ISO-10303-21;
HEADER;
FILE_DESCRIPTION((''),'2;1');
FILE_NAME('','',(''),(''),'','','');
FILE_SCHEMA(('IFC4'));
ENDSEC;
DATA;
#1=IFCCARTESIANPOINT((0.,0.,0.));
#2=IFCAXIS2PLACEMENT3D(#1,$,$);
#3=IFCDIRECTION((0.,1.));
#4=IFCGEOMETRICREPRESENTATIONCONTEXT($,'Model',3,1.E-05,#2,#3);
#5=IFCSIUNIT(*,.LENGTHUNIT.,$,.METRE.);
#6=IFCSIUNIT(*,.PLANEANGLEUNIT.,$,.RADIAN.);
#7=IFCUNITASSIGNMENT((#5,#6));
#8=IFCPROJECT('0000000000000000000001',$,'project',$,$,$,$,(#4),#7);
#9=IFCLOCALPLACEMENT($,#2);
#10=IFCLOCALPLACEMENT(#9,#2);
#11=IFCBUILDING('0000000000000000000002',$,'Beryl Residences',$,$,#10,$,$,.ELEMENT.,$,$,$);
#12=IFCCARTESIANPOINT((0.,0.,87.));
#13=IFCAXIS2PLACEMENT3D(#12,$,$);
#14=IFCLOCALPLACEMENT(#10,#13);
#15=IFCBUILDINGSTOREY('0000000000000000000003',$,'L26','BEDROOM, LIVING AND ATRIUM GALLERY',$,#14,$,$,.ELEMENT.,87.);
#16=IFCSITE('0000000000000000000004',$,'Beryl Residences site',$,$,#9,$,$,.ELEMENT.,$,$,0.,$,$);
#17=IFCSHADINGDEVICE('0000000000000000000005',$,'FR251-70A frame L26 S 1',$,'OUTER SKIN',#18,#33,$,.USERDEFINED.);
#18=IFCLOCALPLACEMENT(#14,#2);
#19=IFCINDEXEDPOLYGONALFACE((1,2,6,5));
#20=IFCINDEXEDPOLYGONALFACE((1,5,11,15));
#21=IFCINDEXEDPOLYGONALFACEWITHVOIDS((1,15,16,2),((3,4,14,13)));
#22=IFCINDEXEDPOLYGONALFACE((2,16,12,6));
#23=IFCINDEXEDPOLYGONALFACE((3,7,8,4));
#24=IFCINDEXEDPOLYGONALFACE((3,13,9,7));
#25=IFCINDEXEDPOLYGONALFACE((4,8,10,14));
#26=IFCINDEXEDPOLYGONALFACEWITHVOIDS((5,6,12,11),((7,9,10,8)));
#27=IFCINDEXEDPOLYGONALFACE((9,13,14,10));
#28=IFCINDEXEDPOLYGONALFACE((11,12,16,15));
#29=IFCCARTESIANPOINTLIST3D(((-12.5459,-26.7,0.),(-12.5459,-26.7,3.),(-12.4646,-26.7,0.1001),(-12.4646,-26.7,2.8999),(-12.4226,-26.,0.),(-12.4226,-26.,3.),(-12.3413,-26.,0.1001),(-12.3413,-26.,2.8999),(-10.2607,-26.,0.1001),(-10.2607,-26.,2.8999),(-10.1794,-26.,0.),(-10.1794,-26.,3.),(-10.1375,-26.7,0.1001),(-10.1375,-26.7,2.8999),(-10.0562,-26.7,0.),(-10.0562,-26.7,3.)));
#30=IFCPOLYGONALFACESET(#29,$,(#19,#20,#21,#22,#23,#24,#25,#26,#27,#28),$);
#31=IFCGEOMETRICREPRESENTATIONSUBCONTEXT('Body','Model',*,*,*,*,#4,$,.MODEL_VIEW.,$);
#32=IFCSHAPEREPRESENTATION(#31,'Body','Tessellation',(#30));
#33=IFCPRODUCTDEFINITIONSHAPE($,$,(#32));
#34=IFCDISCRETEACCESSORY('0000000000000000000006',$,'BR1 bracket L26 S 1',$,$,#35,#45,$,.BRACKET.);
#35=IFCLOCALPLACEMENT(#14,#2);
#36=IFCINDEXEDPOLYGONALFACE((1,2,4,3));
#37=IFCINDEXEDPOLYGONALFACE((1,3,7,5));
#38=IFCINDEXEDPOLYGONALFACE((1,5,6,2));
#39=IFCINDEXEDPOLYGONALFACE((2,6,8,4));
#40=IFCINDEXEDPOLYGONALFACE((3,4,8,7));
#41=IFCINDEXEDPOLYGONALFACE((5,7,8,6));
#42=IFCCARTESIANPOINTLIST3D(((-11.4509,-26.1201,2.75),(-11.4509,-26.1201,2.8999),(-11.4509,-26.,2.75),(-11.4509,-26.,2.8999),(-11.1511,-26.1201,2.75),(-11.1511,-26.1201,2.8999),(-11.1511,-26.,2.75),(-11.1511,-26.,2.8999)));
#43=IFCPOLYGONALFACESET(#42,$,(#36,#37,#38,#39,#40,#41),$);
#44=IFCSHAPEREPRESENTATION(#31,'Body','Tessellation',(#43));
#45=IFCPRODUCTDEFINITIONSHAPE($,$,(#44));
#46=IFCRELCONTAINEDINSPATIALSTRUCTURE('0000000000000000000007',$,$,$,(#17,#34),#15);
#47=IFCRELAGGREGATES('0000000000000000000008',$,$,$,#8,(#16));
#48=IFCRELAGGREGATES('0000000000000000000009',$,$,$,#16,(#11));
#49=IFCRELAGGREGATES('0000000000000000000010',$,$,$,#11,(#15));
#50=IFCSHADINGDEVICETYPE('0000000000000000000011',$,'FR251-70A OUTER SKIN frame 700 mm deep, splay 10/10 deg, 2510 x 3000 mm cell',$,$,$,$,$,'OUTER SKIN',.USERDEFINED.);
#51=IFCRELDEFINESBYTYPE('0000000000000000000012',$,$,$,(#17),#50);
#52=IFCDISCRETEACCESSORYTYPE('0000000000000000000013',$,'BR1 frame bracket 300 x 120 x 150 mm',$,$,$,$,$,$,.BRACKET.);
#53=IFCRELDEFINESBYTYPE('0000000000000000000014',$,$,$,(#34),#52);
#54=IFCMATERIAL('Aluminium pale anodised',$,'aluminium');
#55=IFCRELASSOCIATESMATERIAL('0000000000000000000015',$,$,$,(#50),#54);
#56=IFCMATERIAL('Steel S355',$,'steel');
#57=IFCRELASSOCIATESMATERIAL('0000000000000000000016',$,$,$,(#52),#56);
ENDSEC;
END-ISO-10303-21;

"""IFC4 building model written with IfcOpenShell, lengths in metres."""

from ifc_helpers import new_model, entity, si_unit, direction, frame, origin, place, context, subcontext, project, spatial, polyline, outline, extrude, source, transform, mapped, material, type_object, type_shapes, element, save


model = new_model("IFC4")

# Units and contexts
model_context = context("Model", 3, precision=1e-05, world=origin(), true_north=direction((0.0, 1.0)))
body_context = subcontext(model_context, "Body", "Model", "MODEL_VIEW")
ifc_project = project(units=[si_unit("LENGTHUNIT", "METRE"), si_unit("PLANEANGLEUNIT", "RADIAN")], contexts=[model_context])

# Site, building, storey
site_placement = place(None, origin())
site = spatial("IfcSite", under=ifc_project, at=site_placement, Name="Beryl Residences site", CompositionType="ELEMENT", RefElevation=0.0)
building_placement = place(site_placement, origin())
building = spatial("IfcBuilding", under=site, at=building_placement, Name="Beryl Residences", CompositionType="ELEMENT")
storey_placement = place(building_placement, frame((0.0, 0.0, 87.0)))
storey = spatial("IfcBuildingStorey", under=building, at=storey_placement, Name="L26", Description="BEDROOM, LIVING AND ATRIUM GALLERY", CompositionType="ELEMENT", Elevation=87.0)

# Shading device
ifc_material_1 = material(Name="Aluminium pale anodised", Category="aluminium")
shading_device_type = type_object("IfcShadingDeviceType", Name="FR251-70A OUTER SKIN frame 700 mm deep, splay 10/10 deg, 2510 x 3000 mm cell", ElementType="OUTER SKIN", PredefinedType="USERDEFINED", material=ifc_material_1)
cartesian_point_1 = entity("IfcCartesianPoint", [-1.1216, 0.0])
cartesian_point_2 = entity("IfcCartesianPoint", [-1.0403, 0.1001])
cartesian_point_3 = entity("IfcCartesianPoint", [-1.2449, 0.0])
cartesian_point_4 = entity("IfcCartesianPoint", [-1.1636, 0.1001])
shared_shape_1 = source(origin(), body_context, "Body", "SweptSolid", [
    entity("IfcExtrudedAreaSolidTapered", entity("IfcArbitraryProfileDefWithVoids", "AREA", None, entity("IfcPolyline", [cartesian_point_1, entity("IfcCartesianPoint", [1.1216, 0.0]), entity("IfcCartesianPoint", [1.1216, 3.0]), entity("IfcCartesianPoint", [-1.1216, 3.0]), cartesian_point_1]), [entity("IfcPolyline", [cartesian_point_2, entity("IfcCartesianPoint", [1.0403, 0.1001]), entity("IfcCartesianPoint", [1.0403, 2.8999]), entity("IfcCartesianPoint", [-1.0403, 2.8999]), cartesian_point_2])]), entity("IfcAxis2Placement3D", entity("IfcCartesianPoint", [0.0, 0.0, 0.0]), entity("IfcDirection", [0.0, 1.0, 0.0]), entity("IfcDirection", [-1.0, 0.0, 0.0])), entity("IfcDirection", [0.0, 0.0, 1.0]), 0.7, entity("IfcArbitraryProfileDefWithVoids", "AREA", None, entity("IfcPolyline", [cartesian_point_3, entity("IfcCartesianPoint", [1.2449, 0.0]), entity("IfcCartesianPoint", [1.2449, 3.0]), entity("IfcCartesianPoint", [-1.2449, 3.0]), cartesian_point_3]), [entity("IfcPolyline", [cartesian_point_4, entity("IfcCartesianPoint", [1.1636, 0.1001]), entity("IfcCartesianPoint", [1.1636, 2.8999]), entity("IfcCartesianPoint", [-1.1636, 2.8999]), cartesian_point_4])])),
])
type_shapes(shading_device_type, [shared_shape_1])
shading_device_placement = place(storey_placement, frame((-11.301, -26.0, 0.0), z_axis=(0.0, 0.0, 1.0), x_axis=(-1.0, 0.0, 0.0)))
element("IfcShadingDevice", 1, at=shading_device_placement, inside=storey, type_object=shading_device_type, Name="FR251-70A frame L26 S 1", ObjectType="OUTER SKIN", PredefinedType="USERDEFINED", context=body_context, shape_type="MappedRepresentation", body=[
    mapped(shared_shape_1, transform((0.0, 0.0, 0.0))),
])

# Discrete accessory
ifc_material_2 = material(Name="Steel S355", Category="steel")
discrete_accessory_type = type_object("IfcDiscreteAccessoryType", Name="BR1 frame bracket 300 x 120 x 150 mm", PredefinedType="BRACKET", material=ifc_material_2)
shared_shape_2 = source(origin(), body_context, "Body", "SweptSolid", [
    extrude(outline(polyline([(-0.1499, 0.0), (0.1499, 0.0), (0.1499, 0.1201), (-0.1499, 0.1201), (-0.1499, 0.0)])), origin(), (0.0, 0.0, 1.0), 0.1499),
])
type_shapes(discrete_accessory_type, [shared_shape_2])
discrete_accessory_placement = place(storey_placement, frame((-11.301, -26.0, 2.75), z_axis=(0.0, 0.0, 1.0), x_axis=(-1.0, 0.0, 0.0)))
element("IfcDiscreteAccessory", 2, at=discrete_accessory_placement, inside=storey, type_object=discrete_accessory_type, Name="BR1 bracket L26 S 1", PredefinedType="BRACKET", context=body_context, shape_type="MappedRepresentation", body=[
    mapped(shared_shape_2, transform((0.0, 0.0, 0.0))),
])

save(model, "model.ifc")
